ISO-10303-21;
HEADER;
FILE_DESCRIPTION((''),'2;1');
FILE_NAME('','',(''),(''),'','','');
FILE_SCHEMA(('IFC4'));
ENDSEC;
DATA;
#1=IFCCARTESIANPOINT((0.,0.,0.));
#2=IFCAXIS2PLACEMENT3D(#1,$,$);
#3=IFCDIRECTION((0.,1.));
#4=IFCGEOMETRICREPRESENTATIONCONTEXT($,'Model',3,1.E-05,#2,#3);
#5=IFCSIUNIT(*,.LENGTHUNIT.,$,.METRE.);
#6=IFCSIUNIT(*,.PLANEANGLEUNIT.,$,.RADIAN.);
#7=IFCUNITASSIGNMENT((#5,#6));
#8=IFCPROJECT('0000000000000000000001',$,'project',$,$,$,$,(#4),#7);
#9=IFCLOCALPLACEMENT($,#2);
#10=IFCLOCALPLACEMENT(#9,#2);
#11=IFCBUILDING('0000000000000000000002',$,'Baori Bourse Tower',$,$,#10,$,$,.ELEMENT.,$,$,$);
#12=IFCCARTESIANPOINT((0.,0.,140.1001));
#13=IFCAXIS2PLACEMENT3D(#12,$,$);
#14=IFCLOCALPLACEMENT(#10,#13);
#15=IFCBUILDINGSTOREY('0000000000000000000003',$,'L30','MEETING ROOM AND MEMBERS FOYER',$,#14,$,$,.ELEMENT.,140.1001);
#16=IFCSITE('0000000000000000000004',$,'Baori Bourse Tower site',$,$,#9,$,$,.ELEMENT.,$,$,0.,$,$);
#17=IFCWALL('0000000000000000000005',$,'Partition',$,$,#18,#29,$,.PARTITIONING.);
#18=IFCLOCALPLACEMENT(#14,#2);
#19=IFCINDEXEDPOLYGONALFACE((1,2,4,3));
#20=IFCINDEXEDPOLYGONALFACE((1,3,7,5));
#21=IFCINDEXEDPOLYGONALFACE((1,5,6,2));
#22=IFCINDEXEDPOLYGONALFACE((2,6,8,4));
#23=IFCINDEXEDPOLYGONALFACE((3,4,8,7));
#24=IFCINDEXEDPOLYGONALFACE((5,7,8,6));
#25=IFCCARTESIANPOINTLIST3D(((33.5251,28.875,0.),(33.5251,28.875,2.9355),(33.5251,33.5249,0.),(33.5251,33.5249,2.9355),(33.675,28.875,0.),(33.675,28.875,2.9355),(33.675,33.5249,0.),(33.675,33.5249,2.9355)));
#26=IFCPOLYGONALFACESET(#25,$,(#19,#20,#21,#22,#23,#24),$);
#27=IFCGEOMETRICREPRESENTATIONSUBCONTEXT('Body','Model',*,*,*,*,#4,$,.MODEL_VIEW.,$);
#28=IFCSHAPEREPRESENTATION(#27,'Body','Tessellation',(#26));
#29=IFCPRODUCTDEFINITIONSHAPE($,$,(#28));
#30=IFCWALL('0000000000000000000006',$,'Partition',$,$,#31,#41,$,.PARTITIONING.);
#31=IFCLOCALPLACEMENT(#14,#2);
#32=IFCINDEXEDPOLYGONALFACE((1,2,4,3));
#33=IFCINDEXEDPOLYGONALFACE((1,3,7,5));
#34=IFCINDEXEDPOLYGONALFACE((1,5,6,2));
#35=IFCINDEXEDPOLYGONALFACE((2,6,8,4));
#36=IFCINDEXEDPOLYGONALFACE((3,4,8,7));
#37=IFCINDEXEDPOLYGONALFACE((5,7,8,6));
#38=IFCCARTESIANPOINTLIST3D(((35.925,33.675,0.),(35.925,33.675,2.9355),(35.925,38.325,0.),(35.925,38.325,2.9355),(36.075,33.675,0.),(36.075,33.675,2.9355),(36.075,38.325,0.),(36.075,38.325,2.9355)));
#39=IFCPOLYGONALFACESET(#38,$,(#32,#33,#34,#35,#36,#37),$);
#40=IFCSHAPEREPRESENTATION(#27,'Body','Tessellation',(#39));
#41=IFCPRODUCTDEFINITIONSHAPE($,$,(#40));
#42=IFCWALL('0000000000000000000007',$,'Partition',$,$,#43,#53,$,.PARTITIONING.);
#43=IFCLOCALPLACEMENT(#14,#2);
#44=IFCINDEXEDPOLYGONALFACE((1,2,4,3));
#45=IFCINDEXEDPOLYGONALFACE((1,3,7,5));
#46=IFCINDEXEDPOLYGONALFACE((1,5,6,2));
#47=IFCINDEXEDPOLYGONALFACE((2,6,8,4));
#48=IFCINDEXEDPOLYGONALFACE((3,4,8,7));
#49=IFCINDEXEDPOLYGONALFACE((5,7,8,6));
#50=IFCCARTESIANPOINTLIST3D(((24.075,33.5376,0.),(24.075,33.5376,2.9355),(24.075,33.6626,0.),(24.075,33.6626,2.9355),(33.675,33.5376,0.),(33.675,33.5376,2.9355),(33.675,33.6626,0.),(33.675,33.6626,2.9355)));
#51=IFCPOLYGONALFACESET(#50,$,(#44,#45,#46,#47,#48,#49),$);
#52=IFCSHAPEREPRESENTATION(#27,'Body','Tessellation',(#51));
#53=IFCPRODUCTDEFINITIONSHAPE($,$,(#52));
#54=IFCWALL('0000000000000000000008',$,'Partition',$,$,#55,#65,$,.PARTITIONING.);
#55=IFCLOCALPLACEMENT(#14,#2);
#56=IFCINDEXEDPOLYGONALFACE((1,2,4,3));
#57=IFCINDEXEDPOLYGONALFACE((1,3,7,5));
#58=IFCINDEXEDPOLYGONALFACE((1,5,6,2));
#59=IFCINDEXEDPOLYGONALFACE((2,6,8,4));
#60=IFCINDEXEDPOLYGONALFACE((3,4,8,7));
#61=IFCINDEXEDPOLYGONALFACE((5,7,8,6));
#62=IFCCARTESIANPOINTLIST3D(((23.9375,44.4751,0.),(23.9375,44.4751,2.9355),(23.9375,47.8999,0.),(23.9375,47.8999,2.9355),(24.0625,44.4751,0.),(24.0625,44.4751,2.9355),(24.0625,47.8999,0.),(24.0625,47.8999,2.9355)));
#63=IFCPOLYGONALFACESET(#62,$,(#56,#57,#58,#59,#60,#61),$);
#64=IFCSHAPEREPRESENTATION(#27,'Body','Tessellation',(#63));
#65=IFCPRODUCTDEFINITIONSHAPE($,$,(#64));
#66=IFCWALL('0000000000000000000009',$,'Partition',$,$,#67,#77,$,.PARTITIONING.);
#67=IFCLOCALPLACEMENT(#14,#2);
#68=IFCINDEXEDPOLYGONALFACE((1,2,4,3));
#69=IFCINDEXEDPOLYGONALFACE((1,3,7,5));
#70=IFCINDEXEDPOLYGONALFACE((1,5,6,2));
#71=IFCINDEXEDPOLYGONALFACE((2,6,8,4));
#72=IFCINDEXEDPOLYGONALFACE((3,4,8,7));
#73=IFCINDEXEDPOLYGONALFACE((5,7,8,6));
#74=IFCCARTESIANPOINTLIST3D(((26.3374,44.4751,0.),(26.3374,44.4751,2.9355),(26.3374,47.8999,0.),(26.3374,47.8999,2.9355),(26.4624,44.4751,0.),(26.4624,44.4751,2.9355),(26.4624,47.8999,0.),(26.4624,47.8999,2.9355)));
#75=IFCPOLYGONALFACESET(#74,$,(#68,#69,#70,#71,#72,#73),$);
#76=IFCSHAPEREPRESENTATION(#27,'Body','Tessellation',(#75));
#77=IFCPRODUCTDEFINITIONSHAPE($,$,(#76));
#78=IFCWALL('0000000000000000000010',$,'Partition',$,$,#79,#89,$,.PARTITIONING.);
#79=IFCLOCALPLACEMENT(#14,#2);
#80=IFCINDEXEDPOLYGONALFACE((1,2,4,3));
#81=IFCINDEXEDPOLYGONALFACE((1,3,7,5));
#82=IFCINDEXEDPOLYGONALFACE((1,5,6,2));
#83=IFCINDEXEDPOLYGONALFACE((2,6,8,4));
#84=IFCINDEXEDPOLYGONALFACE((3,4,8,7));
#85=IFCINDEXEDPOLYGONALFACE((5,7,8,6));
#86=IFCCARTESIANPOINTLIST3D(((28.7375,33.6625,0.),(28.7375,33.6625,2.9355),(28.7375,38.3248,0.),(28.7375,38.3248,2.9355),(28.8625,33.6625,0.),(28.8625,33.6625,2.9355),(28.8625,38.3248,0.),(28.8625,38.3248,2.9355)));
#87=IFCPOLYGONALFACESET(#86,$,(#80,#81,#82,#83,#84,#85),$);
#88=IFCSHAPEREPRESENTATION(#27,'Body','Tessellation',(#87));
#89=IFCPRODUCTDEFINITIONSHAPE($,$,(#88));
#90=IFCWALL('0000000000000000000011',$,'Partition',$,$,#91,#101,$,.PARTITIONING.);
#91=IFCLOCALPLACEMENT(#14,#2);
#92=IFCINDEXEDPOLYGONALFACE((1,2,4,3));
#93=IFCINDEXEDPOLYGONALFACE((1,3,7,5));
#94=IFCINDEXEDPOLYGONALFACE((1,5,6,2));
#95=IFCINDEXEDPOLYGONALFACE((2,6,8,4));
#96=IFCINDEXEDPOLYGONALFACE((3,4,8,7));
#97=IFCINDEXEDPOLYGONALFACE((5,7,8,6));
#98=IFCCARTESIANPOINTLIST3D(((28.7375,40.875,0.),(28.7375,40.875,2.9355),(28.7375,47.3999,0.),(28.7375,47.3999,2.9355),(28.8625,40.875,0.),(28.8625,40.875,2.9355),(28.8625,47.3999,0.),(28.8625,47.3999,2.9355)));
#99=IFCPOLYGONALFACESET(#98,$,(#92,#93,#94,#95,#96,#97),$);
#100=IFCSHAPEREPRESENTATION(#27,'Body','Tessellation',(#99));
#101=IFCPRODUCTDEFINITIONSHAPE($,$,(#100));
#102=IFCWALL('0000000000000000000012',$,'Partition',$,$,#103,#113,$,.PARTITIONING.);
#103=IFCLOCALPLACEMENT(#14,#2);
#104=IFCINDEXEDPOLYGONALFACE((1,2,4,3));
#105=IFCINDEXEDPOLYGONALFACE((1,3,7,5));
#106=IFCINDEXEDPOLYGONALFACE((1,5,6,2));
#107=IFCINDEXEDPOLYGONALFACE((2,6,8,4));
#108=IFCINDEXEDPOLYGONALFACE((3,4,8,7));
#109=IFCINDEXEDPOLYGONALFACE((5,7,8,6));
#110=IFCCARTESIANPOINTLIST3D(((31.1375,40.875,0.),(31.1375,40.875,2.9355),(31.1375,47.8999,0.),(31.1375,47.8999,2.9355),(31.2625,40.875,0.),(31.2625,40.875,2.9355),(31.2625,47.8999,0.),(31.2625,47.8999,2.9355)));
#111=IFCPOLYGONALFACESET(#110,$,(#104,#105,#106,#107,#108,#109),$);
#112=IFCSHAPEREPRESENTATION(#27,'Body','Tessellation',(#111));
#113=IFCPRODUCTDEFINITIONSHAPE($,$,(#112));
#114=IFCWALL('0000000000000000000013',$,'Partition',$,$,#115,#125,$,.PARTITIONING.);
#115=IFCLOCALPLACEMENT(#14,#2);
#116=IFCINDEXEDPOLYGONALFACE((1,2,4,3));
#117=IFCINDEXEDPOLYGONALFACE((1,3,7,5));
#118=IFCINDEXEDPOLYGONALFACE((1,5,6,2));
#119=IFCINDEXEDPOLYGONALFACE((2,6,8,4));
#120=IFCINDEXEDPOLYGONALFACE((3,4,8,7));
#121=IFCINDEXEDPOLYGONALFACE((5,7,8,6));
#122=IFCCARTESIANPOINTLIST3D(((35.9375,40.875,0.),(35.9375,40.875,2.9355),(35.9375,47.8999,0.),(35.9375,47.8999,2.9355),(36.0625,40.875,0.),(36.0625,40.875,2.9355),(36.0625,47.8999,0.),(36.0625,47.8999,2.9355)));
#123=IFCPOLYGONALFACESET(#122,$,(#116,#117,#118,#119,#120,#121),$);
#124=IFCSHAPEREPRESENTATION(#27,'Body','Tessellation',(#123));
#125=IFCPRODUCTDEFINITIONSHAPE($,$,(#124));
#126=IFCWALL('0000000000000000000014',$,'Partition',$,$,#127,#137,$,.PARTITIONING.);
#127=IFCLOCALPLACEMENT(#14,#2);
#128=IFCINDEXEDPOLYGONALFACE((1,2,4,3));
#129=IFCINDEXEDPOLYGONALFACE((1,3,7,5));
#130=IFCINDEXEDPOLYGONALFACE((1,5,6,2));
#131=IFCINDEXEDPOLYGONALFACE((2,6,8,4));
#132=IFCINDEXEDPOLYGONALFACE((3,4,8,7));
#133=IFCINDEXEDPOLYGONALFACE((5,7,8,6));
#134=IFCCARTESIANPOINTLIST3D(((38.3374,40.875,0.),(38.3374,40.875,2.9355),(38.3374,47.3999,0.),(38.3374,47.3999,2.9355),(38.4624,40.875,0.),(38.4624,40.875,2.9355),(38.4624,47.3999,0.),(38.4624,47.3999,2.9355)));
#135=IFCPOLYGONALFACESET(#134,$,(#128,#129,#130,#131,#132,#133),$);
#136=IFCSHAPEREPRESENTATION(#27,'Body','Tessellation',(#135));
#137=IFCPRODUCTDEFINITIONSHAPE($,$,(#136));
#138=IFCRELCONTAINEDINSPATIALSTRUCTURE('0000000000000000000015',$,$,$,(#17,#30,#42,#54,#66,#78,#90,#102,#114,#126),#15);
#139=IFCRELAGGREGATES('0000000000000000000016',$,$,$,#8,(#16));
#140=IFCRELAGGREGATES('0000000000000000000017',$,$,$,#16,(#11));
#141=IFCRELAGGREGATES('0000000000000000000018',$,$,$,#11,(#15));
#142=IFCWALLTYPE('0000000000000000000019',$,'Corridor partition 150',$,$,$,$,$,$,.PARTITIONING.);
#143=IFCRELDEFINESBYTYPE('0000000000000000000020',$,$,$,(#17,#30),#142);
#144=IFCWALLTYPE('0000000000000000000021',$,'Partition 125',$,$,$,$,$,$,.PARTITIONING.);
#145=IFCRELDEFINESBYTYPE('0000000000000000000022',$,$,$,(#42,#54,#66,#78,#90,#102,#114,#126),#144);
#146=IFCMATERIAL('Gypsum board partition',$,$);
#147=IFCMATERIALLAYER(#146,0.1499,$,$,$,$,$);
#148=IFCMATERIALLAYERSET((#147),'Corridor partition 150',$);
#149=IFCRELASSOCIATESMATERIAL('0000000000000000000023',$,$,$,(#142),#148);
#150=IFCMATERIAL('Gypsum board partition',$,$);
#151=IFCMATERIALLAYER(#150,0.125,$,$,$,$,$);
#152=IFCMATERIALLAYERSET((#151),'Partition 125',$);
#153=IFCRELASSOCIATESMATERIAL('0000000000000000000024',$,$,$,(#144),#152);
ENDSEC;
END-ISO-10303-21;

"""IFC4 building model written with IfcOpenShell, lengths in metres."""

from ifc_helpers import new_model, si_unit, direction, frame, frame_2d, origin, place, context, subcontext, project, spatial, rectangle, extrude, material, layer, layer_set, type_object, element, save


model = new_model("IFC4")

# Units and contexts
model_context = context("Model", 3, precision=1e-05, world=origin(), true_north=direction((0.0, 1.0)))
body_context = subcontext(model_context, "Body", "Model", "MODEL_VIEW")
ifc_project = project(units=[si_unit("LENGTHUNIT", "METRE"), si_unit("PLANEANGLEUNIT", "RADIAN")], contexts=[model_context])

# Site, building, storey
site_placement = place(None, origin())
site = spatial("IfcSite", under=ifc_project, at=site_placement, Name="Baori Bourse Tower site", CompositionType="ELEMENT", RefElevation=0.0)
building_placement = place(site_placement, origin())
building = spatial("IfcBuilding", under=site, at=building_placement, Name="Baori Bourse Tower", CompositionType="ELEMENT")
storey_placement = place(building_placement, frame((0.0, 0.0, 140.1001)))
storey = spatial("IfcBuildingStorey", under=building, at=storey_placement, Name="L30", Description="MEETING ROOM AND MEMBERS FOYER", CompositionType="ELEMENT", Elevation=140.1001)

# Shared definitions
ifc_material_1 = material(Name="Gypsum board partition")
ifc_layer_1 = layer(ifc_material_1, 0.1499)
ifc_layer_set_1 = layer_set([ifc_layer_1], Name="Corridor partition 150")
wall_type_1 = type_object("IfcWallType", Name="Corridor partition 150", PredefinedType="PARTITIONING", material=ifc_layer_set_1)

# Walls
for number, where, z_axis, x_axis, name in (
    (1, (33.6001, 28.875, 0.0), (0.0, 0.0, 1.0), (0.0, 1.0, 0.0), "Partition"),
    (2, (36.0, 33.675, 0.0), (0.0, 0.0, 1.0), (0.0, 1.0, 0.0), "Partition"),
):
    element("IfcWall", number, at=place(storey_placement, frame(where, z_axis=z_axis, x_axis=x_axis)), inside=storey, type_object=wall_type_1, Name=name, PredefinedType="PARTITIONING", context=body_context, shape_type="SweptSolid", body=[
        extrude(rectangle(XDim=4.6499, YDim=0.1499, at=frame_2d((2.325, 0.0))), origin(), (0.0, 0.0, 1.0), 2.9355),
    ])
ifc_material_2 = material(Name="Gypsum board partition")
ifc_layer_2 = layer(ifc_material_2, 0.125)
ifc_layer_set_2 = layer_set([ifc_layer_2], Name="Partition 125")
wall_type_2 = type_object("IfcWallType", Name="Partition 125", PredefinedType="PARTITIONING", material=ifc_layer_set_2)
wall_1_placement = place(storey_placement, frame((24.075, 33.6001, 0.0), z_axis=(0.0, 0.0, 1.0), x_axis=(1.0, 0.0, 0.0)))
element("IfcWall", 3, at=wall_1_placement, inside=storey, type_object=wall_type_2, Name="Partition", PredefinedType="PARTITIONING", context=body_context, shape_type="SweptSolid", body=[
    extrude(rectangle(XDim=9.6001, YDim=0.125, at=frame_2d((4.8, 0.0))), origin(), (0.0, 0.0, 1.0), 2.9355),
])
for number, where, z_axis, x_axis, name in (
    (4, (24.0, 44.4751, 0.0), (0.0, 0.0, 1.0), (0.0, 1.0, 0.0), "Partition"),
    (5, (26.3999, 44.4751, 0.0), (0.0, 0.0, 1.0), (0.0, 1.0, 0.0), "Partition"),
):
    element("IfcWall", number, at=place(storey_placement, frame(where, z_axis=z_axis, x_axis=x_axis)), inside=storey, type_object=wall_type_2, Name=name, PredefinedType="PARTITIONING", context=body_context, shape_type="SweptSolid", body=[
        extrude(rectangle(XDim=3.4248, YDim=0.125, at=frame_2d((1.7124, 0.0))), origin(), (0.0, 0.0, 1.0), 2.9355),
    ])
wall_2_placement = place(storey_placement, frame((28.8, 33.6626, 0.0), z_axis=(0.0, 0.0, 1.0), x_axis=(0.0, 1.0, 0.0)))
element("IfcWall", 6, at=wall_2_placement, inside=storey, type_object=wall_type_2, Name="Partition", PredefinedType="PARTITIONING", context=body_context, shape_type="SweptSolid", body=[
    extrude(rectangle(XDim=4.6624, YDim=0.125, at=frame_2d((2.3311, 0.0))), origin(), (0.0, 0.0, 1.0), 2.9355),
])
wall_3_placement = place(storey_placement, frame((28.8, 40.875, 0.0), z_axis=(0.0, 0.0, 1.0), x_axis=(0.0, 1.0, 0.0)))
element("IfcWall", 7, at=wall_3_placement, inside=storey, type_object=wall_type_2, Name="Partition", PredefinedType="PARTITIONING", context=body_context, shape_type="SweptSolid", body=[
    extrude(rectangle(XDim=6.5249, YDim=0.125, at=frame_2d((3.2625, 0.0))), origin(), (0.0, 0.0, 1.0), 2.9355),
])
for number, where, z_axis, x_axis, name in (
    (8, (31.2, 40.875, 0.0), (0.0, 0.0, 1.0), (0.0, 1.0, 0.0), "Partition"),
    (9, (36.0, 40.875, 0.0), (0.0, 0.0, 1.0), (0.0, 1.0, 0.0), "Partition"),
):
    element("IfcWall", number, at=place(storey_placement, frame(where, z_axis=z_axis, x_axis=x_axis)), inside=storey, type_object=wall_type_2, Name=name, PredefinedType="PARTITIONING", context=body_context, shape_type="SweptSolid", body=[
        extrude(rectangle(XDim=7.0249, YDim=0.125, at=frame_2d((3.5125, 0.0))), origin(), (0.0, 0.0, 1.0), 2.9355),
    ])
wall_4_placement = place(storey_placement, frame((38.3999, 40.875, 0.0), z_axis=(0.0, 0.0, 1.0), x_axis=(0.0, 1.0, 0.0)))
element("IfcWall", 10, at=wall_4_placement, inside=storey, type_object=wall_type_2, Name="Partition", PredefinedType="PARTITIONING", context=body_context, shape_type="SweptSolid", body=[
    extrude(rectangle(XDim=6.5249, YDim=0.125, at=frame_2d((3.2625, 0.0))), origin(), (0.0, 0.0, 1.0), 2.9355),
])

save(model, "model.ifc")
